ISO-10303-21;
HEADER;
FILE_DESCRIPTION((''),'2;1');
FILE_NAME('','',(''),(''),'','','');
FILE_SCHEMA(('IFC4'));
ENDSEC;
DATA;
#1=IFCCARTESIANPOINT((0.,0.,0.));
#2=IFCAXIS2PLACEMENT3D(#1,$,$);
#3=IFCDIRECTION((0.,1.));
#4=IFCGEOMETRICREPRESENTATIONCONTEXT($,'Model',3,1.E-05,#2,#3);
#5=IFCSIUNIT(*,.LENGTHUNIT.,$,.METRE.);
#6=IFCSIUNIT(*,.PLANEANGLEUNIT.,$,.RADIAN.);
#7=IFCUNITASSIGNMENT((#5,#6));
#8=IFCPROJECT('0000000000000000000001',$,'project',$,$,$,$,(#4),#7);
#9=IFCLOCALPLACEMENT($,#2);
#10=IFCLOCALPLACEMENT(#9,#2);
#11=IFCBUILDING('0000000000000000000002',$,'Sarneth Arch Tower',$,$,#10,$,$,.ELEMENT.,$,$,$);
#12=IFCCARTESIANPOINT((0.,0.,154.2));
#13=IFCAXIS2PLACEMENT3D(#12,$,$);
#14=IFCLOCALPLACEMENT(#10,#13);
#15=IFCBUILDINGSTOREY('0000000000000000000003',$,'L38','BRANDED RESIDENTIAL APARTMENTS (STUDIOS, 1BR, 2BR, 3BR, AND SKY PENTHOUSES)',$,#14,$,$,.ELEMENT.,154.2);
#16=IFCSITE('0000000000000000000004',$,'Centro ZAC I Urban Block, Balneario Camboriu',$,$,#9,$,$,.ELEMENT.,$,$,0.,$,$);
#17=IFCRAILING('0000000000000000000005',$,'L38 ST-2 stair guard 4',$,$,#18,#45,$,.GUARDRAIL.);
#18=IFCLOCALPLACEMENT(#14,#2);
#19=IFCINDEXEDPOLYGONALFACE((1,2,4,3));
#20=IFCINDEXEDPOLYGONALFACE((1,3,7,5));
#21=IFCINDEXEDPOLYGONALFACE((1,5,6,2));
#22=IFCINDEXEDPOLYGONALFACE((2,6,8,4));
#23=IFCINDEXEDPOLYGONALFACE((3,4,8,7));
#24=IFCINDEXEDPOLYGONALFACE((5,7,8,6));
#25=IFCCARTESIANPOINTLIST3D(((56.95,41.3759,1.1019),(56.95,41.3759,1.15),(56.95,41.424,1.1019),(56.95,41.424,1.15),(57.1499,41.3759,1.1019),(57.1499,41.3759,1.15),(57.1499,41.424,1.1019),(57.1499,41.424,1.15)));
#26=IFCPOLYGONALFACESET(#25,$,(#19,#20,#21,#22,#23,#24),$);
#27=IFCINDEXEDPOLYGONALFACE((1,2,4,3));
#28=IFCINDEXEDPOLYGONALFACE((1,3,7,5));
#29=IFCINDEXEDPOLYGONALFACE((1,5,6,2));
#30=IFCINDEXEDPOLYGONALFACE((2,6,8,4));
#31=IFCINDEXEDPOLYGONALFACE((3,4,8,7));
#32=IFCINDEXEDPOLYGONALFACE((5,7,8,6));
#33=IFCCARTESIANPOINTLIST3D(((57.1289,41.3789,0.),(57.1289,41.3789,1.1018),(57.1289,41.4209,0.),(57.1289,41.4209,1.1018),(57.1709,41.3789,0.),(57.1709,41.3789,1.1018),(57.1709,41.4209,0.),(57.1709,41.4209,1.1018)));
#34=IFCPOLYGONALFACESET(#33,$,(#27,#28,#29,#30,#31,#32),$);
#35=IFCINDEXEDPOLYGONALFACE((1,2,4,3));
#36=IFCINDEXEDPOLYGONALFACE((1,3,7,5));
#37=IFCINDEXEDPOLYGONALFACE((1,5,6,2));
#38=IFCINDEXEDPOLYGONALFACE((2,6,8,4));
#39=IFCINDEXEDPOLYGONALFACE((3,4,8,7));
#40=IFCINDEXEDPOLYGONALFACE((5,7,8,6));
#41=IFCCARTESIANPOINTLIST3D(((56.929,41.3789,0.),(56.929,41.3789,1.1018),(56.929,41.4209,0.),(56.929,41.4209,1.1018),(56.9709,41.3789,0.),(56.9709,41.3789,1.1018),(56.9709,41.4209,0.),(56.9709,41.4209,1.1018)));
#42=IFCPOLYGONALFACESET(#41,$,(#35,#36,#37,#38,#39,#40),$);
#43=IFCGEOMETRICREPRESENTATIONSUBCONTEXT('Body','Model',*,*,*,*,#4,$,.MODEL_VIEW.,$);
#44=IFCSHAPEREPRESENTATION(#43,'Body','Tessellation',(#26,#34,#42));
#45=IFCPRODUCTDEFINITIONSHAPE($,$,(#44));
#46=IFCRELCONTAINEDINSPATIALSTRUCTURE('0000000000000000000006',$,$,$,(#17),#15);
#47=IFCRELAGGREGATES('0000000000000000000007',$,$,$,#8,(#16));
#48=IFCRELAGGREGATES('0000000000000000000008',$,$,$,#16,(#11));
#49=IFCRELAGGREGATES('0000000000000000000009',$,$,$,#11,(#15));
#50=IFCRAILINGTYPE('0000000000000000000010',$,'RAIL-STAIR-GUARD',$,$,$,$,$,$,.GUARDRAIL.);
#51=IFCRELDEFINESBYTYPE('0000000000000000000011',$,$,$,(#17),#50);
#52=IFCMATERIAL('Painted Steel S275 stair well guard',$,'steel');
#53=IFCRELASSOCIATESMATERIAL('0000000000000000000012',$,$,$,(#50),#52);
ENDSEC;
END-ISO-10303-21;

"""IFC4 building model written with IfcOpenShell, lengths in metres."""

from ifc_helpers import new_model, si_unit, direction, frame, origin, origin_2d, place, context, subcontext, project, spatial, rectangle, extrude, material, type_object, element, save


model = new_model("IFC4")

# Units and contexts
model_context = context("Model", 3, precision=1e-05, world=origin(), true_north=direction((0.0, 1.0)))
body_context = subcontext(model_context, "Body", "Model", "MODEL_VIEW")
ifc_project = project(units=[si_unit("LENGTHUNIT", "METRE"), si_unit("PLANEANGLEUNIT", "RADIAN")], contexts=[model_context])

# Site, building, storey
site_placement = place(None, origin())
site = spatial("IfcSite", under=ifc_project, at=site_placement, Name="Centro ZAC I Urban Block, Balneario Camboriu", CompositionType="ELEMENT", RefElevation=0.0)
building_placement = place(site_placement, origin())
building = spatial("IfcBuilding", under=site, at=building_placement, Name="Sarneth Arch Tower", CompositionType="ELEMENT")
storey_placement = place(building_placement, frame((0.0, 0.0, 154.2)))
storey = spatial("IfcBuildingStorey", under=building, at=storey_placement, Name="L38", Description="BRANDED RESIDENTIAL APARTMENTS (STUDIOS, 1BR, 2BR, 3BR, AND SKY PENTHOUSES)", CompositionType="ELEMENT", Elevation=154.2)

# Railing
ifc_material_1 = material(Name="Painted Steel S275 stair well guard", Category="steel")
railing_type = type_object("IfcRailingType", Name="RAIL-STAIR-GUARD", PredefinedType="GUARDRAIL", material=ifc_material_1)
railing_placement = place(storey_placement, frame((57.1499, 41.3999, 0.0)))
element("IfcRailing", 1, at=railing_placement, inside=storey, type_object=railing_type, Name="L38 ST-2 stair guard 4", PredefinedType="GUARDRAIL", context=body_context, shape_type="SweptSolid", body=[
    extrude(rectangle(XDim=0.0481, YDim=0.0481, at=origin_2d()), frame((0.0, 0.0, 1.126), z_axis=(-1.0, 0.0, 0.0), x_axis=(0.0, -1.0, 0.0)), (0.0, 0.0, 1.0), 0.2),
    extrude(rectangle(XDim=0.042, YDim=0.042, at=origin_2d()), origin(), (0.0, 0.0, 1.0), 1.1018),
    extrude(rectangle(XDim=0.042, YDim=0.042, at=origin_2d()), frame((-0.2, 0.0, 0.0)), (0.0, 0.0, 1.0), 1.1018),
])

save(model, "model.ifc")
